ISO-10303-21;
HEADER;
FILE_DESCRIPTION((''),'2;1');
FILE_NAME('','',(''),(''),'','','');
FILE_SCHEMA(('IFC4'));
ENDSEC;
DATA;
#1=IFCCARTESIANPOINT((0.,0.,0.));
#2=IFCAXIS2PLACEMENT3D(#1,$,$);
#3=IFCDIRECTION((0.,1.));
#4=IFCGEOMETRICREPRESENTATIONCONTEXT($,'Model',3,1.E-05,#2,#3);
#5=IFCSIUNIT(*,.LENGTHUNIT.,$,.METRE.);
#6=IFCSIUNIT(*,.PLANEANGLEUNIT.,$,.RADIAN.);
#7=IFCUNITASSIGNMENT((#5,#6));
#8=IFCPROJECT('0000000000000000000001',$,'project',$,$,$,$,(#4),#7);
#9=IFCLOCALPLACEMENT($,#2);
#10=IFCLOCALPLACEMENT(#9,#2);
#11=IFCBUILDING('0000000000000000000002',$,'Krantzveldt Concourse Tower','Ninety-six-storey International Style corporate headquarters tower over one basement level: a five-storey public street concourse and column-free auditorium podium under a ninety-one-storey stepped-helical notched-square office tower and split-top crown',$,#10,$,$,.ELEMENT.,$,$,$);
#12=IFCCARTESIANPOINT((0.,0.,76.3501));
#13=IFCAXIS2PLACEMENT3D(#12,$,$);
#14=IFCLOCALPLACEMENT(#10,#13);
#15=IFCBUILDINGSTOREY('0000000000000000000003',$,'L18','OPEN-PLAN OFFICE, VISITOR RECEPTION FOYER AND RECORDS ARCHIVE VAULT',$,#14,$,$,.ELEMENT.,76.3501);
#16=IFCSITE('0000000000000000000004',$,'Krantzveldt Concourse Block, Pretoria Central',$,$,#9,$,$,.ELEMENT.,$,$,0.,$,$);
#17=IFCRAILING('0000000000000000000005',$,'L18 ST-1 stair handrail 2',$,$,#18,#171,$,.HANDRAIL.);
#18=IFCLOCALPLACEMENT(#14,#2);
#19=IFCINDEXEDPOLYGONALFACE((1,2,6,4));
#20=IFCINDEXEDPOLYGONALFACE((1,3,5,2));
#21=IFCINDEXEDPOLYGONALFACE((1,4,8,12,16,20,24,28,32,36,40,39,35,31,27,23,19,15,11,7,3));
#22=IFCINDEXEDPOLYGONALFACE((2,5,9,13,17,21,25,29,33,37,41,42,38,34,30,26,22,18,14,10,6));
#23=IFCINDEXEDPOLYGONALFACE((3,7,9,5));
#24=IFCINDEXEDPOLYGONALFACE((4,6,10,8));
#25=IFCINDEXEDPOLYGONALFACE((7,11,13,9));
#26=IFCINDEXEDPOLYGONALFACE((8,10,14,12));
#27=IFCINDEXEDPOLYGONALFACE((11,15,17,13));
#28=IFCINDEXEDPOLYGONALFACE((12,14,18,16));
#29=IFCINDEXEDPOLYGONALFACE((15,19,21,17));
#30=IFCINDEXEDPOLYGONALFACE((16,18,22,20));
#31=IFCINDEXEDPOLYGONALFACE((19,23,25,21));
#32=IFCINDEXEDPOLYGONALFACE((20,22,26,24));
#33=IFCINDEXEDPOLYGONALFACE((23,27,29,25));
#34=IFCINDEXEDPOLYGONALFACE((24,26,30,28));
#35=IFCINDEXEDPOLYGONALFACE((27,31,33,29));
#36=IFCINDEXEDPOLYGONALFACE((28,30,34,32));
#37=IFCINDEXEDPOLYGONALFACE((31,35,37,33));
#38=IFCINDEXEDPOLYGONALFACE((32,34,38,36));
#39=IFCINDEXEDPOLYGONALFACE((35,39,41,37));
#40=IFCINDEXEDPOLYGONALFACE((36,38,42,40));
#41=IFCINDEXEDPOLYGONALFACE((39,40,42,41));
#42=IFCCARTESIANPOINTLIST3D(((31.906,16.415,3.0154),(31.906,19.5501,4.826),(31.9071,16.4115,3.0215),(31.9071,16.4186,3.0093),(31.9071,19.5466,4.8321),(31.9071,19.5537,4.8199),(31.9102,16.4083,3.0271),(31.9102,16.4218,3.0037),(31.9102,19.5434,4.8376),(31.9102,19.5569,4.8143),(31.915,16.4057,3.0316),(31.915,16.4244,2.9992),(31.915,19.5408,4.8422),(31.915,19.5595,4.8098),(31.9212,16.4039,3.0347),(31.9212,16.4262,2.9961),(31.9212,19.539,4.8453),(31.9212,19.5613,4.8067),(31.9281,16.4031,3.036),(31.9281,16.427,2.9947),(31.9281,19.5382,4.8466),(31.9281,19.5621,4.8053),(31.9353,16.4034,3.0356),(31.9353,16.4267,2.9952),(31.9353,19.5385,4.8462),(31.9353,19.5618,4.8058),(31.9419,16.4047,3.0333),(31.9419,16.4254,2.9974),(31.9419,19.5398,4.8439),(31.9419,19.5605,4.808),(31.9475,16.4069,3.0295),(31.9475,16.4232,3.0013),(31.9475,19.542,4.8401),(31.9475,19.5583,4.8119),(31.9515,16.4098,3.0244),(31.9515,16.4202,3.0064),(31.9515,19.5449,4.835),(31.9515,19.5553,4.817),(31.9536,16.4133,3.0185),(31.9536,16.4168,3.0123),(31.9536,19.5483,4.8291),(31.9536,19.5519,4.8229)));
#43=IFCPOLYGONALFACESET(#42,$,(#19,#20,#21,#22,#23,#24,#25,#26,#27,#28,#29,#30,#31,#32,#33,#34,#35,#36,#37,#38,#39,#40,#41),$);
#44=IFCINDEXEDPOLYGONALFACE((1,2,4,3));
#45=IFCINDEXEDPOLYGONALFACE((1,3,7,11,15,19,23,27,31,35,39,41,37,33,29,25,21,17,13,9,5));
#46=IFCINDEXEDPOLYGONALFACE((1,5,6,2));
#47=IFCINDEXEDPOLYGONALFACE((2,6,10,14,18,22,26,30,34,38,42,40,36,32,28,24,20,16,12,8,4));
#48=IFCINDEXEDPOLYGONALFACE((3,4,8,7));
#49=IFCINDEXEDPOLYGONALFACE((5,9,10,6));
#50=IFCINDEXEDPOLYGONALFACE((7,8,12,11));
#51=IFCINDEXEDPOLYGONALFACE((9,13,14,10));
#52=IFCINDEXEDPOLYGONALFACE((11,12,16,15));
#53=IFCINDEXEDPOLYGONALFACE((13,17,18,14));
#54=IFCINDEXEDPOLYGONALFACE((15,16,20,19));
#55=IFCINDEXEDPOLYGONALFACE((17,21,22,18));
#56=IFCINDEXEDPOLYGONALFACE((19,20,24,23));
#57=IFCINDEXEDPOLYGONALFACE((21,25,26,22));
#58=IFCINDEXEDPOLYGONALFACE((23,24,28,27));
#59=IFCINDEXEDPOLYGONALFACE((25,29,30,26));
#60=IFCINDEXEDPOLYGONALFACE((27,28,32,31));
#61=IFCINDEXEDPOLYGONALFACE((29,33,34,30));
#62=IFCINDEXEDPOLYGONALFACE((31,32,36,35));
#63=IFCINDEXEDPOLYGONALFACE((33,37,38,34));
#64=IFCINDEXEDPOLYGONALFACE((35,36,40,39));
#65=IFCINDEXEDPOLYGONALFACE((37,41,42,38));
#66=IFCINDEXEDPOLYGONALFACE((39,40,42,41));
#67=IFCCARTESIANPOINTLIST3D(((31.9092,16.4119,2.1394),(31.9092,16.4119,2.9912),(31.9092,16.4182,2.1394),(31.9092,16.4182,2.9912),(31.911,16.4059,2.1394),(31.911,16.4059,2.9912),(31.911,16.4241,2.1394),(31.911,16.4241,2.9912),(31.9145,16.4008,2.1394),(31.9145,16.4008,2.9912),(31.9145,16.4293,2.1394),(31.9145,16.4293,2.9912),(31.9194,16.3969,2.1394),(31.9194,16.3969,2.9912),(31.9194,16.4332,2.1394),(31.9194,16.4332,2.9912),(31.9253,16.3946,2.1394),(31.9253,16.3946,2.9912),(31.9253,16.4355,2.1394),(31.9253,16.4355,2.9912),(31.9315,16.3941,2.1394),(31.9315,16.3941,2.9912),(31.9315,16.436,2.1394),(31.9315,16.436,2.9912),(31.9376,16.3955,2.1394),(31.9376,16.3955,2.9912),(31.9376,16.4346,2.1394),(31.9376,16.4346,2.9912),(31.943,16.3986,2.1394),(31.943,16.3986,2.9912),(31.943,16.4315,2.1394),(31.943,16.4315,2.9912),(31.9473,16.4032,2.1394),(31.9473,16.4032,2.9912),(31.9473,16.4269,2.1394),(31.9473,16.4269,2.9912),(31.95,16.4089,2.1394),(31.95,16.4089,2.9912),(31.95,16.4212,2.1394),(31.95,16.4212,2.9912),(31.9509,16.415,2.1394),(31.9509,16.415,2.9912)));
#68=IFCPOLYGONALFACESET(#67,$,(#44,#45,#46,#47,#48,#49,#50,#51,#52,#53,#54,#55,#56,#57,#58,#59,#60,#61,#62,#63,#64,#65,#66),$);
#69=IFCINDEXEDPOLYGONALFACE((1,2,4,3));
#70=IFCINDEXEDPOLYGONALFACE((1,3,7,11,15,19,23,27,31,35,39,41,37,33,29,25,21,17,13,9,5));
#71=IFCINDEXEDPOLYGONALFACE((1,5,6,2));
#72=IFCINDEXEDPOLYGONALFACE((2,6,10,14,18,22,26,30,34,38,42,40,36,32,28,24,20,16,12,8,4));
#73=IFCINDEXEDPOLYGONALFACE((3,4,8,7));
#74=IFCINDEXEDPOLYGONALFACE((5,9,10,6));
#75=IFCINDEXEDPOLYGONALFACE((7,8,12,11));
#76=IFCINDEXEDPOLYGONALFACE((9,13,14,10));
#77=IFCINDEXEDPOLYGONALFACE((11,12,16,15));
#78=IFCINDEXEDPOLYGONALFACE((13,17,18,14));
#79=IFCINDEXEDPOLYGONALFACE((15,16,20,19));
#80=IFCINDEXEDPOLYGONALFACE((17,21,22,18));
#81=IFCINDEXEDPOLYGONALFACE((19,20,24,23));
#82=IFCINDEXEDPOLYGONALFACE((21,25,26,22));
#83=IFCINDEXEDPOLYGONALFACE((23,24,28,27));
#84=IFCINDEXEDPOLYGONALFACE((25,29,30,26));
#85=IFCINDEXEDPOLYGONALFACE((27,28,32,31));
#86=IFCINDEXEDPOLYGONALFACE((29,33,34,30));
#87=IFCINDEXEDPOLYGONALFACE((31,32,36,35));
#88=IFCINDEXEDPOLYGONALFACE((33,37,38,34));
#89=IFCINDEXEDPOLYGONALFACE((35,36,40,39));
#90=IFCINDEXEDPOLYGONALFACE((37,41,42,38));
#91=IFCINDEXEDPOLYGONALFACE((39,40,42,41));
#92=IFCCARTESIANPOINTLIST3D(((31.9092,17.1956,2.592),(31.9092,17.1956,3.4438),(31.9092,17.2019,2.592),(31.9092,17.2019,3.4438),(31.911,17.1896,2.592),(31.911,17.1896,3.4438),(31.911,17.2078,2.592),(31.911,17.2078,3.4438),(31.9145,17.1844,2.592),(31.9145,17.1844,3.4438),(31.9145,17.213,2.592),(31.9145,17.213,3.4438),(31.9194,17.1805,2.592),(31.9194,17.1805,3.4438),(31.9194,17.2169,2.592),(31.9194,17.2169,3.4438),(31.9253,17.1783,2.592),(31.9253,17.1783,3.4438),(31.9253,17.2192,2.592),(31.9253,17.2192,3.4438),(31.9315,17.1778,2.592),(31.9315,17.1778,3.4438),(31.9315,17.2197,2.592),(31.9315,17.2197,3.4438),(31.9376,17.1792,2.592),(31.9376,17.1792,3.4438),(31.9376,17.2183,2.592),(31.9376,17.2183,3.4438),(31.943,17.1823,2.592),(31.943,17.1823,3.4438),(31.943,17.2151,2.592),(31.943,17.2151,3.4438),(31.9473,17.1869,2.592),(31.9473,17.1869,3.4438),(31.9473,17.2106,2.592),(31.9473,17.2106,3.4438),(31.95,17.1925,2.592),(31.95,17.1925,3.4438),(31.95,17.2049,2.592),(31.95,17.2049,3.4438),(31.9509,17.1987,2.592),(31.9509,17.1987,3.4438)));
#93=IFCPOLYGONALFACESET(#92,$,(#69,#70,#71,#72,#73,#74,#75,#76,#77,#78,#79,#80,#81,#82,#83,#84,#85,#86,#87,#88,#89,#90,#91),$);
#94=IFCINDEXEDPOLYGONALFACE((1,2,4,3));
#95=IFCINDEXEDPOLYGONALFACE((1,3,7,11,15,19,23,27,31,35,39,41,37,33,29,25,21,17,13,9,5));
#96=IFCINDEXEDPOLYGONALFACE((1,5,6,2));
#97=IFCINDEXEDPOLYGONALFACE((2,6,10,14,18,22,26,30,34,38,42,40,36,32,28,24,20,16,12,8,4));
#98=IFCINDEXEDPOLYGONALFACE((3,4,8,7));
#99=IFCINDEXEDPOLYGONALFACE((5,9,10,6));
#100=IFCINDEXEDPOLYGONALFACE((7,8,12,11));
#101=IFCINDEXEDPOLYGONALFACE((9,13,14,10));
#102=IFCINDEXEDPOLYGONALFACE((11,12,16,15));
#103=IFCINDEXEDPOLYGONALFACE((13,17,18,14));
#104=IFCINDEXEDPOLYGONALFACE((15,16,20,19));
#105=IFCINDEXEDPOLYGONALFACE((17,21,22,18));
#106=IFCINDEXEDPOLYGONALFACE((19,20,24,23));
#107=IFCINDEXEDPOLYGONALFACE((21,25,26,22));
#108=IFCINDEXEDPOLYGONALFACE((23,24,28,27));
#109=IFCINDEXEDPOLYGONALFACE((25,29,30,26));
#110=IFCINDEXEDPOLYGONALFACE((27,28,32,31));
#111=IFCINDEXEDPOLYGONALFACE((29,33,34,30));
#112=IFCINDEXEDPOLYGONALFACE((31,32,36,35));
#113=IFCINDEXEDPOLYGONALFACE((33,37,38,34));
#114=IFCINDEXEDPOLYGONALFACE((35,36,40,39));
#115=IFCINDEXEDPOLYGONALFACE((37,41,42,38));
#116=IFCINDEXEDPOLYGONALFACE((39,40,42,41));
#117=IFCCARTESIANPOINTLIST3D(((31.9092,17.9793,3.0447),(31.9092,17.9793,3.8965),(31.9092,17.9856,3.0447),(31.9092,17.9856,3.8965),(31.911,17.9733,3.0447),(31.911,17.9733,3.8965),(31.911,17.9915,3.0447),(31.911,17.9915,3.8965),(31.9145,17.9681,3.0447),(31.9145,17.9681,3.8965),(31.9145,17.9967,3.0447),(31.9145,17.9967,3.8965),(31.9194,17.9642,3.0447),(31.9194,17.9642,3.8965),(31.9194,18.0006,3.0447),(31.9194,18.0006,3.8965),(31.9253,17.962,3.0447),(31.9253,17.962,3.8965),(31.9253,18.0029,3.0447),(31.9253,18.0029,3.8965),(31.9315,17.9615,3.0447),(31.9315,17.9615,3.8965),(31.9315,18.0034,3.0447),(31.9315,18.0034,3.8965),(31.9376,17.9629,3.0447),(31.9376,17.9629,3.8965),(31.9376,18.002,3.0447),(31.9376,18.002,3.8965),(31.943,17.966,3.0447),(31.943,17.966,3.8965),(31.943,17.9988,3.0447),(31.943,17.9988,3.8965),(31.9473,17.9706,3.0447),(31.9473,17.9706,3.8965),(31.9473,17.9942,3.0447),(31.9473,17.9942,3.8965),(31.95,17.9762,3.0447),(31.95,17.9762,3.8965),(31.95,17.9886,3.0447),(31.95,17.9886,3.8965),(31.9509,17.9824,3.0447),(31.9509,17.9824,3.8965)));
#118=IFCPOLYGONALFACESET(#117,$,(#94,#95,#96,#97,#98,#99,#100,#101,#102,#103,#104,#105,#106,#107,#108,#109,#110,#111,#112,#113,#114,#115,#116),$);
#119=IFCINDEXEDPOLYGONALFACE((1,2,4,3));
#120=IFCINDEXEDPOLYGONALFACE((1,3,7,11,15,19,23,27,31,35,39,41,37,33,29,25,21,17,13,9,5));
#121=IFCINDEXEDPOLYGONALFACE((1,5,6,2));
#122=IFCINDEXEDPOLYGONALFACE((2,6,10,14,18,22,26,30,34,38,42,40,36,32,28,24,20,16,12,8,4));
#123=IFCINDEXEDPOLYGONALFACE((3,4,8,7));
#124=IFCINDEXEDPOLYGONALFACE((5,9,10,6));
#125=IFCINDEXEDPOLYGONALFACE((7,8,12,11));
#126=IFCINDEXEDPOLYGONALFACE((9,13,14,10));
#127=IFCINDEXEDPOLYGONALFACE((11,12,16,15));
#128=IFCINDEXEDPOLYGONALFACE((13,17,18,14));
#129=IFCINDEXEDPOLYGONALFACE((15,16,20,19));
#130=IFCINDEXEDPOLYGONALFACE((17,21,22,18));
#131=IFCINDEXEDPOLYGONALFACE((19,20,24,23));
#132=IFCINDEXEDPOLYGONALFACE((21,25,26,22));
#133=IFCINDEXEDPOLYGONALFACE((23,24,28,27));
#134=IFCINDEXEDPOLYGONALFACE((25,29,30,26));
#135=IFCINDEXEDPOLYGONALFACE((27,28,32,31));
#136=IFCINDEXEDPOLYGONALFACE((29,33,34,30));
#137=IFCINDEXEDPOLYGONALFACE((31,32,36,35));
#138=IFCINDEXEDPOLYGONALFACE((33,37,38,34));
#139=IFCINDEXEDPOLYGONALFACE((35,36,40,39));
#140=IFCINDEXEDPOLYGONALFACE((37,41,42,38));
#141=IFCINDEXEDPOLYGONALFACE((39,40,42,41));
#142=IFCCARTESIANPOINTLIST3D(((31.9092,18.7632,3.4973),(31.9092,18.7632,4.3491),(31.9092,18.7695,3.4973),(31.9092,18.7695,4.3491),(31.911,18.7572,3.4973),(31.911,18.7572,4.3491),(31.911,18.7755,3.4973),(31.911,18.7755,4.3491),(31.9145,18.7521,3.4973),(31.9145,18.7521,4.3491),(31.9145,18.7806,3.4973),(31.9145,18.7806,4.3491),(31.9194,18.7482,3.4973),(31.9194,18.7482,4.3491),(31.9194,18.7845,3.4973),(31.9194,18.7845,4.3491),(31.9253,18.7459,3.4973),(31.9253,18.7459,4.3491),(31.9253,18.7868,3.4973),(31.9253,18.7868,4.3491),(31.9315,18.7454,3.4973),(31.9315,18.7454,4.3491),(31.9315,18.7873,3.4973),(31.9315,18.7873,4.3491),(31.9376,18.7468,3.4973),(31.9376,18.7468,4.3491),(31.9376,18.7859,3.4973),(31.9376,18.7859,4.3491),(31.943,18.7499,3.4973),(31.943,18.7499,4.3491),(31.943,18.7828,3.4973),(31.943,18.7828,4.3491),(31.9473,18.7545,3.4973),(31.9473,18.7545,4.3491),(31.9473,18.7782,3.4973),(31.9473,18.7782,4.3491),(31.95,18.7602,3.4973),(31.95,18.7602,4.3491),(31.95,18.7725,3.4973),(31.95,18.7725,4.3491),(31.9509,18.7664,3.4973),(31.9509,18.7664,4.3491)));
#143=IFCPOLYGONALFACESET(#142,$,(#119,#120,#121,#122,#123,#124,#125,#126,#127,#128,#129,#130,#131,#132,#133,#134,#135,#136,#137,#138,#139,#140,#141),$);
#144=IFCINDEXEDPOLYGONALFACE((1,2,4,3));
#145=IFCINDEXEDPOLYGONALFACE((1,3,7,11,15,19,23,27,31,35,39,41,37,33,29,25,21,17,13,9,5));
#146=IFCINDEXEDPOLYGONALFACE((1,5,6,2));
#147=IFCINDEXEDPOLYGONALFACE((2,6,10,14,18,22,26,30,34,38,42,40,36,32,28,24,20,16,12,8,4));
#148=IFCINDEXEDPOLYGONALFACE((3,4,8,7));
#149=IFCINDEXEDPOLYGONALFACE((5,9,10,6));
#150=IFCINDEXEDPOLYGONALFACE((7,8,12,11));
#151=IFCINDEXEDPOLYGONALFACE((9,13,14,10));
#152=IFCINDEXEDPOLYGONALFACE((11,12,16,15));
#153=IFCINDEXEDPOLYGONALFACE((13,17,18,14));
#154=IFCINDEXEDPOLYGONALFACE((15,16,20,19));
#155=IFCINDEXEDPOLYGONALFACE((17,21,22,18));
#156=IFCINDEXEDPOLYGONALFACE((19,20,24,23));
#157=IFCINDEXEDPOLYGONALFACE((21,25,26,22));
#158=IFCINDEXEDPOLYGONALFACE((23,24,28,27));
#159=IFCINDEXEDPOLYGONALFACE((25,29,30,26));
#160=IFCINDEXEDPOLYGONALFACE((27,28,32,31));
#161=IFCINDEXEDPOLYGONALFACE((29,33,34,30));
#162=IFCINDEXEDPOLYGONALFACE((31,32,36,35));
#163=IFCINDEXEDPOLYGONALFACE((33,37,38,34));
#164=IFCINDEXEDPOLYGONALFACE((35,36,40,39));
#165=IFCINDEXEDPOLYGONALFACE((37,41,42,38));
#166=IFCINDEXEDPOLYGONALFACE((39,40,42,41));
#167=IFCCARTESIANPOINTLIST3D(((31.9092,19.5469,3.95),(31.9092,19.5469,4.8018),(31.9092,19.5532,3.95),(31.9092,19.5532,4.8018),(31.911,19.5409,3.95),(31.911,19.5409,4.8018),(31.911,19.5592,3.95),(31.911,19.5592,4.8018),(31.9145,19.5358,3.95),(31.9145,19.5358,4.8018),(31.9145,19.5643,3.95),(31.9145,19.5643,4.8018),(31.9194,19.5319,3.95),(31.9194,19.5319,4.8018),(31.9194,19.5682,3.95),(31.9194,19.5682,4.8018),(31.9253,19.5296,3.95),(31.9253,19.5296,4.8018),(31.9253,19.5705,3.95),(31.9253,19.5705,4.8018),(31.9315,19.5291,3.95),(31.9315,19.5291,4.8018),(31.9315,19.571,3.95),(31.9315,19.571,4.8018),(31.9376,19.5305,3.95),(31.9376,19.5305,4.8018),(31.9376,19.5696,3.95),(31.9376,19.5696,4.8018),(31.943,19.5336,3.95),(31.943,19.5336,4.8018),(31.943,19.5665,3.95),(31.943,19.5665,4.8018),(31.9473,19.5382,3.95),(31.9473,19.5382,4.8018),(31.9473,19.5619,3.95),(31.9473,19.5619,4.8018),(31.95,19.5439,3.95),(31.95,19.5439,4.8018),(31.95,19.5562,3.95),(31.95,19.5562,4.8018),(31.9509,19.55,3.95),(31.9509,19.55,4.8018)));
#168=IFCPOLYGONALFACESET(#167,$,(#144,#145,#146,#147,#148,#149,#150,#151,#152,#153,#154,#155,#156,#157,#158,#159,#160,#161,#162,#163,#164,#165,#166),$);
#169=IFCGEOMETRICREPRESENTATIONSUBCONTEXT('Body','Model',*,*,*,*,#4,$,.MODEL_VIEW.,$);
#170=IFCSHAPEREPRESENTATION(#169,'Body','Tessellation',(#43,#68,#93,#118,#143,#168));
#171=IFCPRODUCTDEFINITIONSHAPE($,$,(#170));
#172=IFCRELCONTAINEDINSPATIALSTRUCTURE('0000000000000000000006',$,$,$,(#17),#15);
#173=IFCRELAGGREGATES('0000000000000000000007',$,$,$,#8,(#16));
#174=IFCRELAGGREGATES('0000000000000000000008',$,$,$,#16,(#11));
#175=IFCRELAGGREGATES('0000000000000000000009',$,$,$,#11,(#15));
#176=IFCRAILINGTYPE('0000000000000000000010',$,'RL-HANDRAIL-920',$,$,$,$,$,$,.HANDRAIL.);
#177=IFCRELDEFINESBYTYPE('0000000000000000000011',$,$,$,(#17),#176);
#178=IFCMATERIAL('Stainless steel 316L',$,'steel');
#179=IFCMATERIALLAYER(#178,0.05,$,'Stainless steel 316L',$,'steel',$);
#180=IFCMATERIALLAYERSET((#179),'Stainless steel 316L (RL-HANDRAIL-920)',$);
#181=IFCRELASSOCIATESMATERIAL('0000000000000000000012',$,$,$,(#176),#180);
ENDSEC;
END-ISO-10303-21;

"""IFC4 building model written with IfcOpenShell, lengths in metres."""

from ifc_helpers import new_model, si_unit, direction, frame, origin, origin_2d, place, context, subcontext, project, spatial, circle, extrude, material, layer, layer_set, type_object, element, save


model = new_model("IFC4")

# Units and contexts
model_context = context("Model", 3, precision=1e-05, world=origin(), true_north=direction((0.0, 1.0)))
body_context = subcontext(model_context, "Body", "Model", "MODEL_VIEW")
ifc_project = project(units=[si_unit("LENGTHUNIT", "METRE"), si_unit("PLANEANGLEUNIT", "RADIAN")], contexts=[model_context])

# Site, building, storey
site_placement = place(None, origin())
site = spatial("IfcSite", under=ifc_project, at=site_placement, Name="Krantzveldt Concourse Block, Pretoria Central", CompositionType="ELEMENT", RefElevation=0.0)
building_placement = place(site_placement, origin())
building = spatial("IfcBuilding", under=site, at=building_placement, Name="Krantzveldt Concourse Tower", Description="Ninety-six-storey International Style corporate headquarters tower over one basement level: a five-storey public street concourse and column-free auditorium podium under a ninety-one-storey stepped-helical notched-square office tower and split-top crown", CompositionType="ELEMENT")
storey_placement = place(building_placement, frame((0.0, 0.0, 76.3501)))
storey = spatial("IfcBuildingStorey", under=building, at=storey_placement, Name="L18", Description="OPEN-PLAN OFFICE, VISITOR RECEPTION FOYER AND RECORDS ARCHIVE VAULT", CompositionType="ELEMENT", Elevation=76.3501)

# Railing
ifc_material_1 = material(Name="Stainless steel 316L", Category="steel")
ifc_layer_1 = layer(ifc_material_1, 0.05, Name="Stainless steel 316L", Category="steel")
ifc_layer_set_1 = layer_set([ifc_layer_1], Name="Stainless steel 316L (RL-HANDRAIL-920)")
railing_type_1 = type_object("IfcRailingType", Name="RL-HANDRAIL-920", PredefinedType="HANDRAIL", material=ifc_layer_set_1)
railing_1_placement = place(storey_placement, frame((31.9299, 16.415, 2.1394)))
element("IfcRailing", 1, at=railing_1_placement, inside=storey, type_object=railing_type_1, Name="L18 ST-1 stair handrail 2", PredefinedType="HANDRAIL", context=body_context, shape_type="SweptSolid", body=[
    extrude(circle(Radius=0.0239, at=origin_2d()), frame((0.0, 0.0, 0.876), z_axis=(0.0, 0.86596, 0.500114), x_axis=(-1.0, 0.0, 0.0)), (0.0, 0.0, 1.0), 3.6204),
    extrude(circle(Radius=0.021, at=origin_2d()), origin(), (0.0, 0.0, 1.0), 0.8518),
    extrude(circle(Radius=0.021, at=origin_2d()), frame((0.0, 0.7837, 0.4526)), (0.0, 0.0, 1.0), 0.8518),
    extrude(circle(Radius=0.021, at=origin_2d()), frame((0.0, 1.5674, 0.9053)), (0.0, 0.0, 1.0), 0.8518),
    extrude(circle(Radius=0.021, at=origin_2d()), frame((0.0, 2.3513, 1.3579)), (0.0, 0.0, 1.0), 0.8518),
    extrude(circle(Radius=0.021, at=origin_2d()), frame((0.0, 3.135, 1.8105)), (0.0, 0.0, 1.0), 0.8518),
])

save(model, "model.ifc")
